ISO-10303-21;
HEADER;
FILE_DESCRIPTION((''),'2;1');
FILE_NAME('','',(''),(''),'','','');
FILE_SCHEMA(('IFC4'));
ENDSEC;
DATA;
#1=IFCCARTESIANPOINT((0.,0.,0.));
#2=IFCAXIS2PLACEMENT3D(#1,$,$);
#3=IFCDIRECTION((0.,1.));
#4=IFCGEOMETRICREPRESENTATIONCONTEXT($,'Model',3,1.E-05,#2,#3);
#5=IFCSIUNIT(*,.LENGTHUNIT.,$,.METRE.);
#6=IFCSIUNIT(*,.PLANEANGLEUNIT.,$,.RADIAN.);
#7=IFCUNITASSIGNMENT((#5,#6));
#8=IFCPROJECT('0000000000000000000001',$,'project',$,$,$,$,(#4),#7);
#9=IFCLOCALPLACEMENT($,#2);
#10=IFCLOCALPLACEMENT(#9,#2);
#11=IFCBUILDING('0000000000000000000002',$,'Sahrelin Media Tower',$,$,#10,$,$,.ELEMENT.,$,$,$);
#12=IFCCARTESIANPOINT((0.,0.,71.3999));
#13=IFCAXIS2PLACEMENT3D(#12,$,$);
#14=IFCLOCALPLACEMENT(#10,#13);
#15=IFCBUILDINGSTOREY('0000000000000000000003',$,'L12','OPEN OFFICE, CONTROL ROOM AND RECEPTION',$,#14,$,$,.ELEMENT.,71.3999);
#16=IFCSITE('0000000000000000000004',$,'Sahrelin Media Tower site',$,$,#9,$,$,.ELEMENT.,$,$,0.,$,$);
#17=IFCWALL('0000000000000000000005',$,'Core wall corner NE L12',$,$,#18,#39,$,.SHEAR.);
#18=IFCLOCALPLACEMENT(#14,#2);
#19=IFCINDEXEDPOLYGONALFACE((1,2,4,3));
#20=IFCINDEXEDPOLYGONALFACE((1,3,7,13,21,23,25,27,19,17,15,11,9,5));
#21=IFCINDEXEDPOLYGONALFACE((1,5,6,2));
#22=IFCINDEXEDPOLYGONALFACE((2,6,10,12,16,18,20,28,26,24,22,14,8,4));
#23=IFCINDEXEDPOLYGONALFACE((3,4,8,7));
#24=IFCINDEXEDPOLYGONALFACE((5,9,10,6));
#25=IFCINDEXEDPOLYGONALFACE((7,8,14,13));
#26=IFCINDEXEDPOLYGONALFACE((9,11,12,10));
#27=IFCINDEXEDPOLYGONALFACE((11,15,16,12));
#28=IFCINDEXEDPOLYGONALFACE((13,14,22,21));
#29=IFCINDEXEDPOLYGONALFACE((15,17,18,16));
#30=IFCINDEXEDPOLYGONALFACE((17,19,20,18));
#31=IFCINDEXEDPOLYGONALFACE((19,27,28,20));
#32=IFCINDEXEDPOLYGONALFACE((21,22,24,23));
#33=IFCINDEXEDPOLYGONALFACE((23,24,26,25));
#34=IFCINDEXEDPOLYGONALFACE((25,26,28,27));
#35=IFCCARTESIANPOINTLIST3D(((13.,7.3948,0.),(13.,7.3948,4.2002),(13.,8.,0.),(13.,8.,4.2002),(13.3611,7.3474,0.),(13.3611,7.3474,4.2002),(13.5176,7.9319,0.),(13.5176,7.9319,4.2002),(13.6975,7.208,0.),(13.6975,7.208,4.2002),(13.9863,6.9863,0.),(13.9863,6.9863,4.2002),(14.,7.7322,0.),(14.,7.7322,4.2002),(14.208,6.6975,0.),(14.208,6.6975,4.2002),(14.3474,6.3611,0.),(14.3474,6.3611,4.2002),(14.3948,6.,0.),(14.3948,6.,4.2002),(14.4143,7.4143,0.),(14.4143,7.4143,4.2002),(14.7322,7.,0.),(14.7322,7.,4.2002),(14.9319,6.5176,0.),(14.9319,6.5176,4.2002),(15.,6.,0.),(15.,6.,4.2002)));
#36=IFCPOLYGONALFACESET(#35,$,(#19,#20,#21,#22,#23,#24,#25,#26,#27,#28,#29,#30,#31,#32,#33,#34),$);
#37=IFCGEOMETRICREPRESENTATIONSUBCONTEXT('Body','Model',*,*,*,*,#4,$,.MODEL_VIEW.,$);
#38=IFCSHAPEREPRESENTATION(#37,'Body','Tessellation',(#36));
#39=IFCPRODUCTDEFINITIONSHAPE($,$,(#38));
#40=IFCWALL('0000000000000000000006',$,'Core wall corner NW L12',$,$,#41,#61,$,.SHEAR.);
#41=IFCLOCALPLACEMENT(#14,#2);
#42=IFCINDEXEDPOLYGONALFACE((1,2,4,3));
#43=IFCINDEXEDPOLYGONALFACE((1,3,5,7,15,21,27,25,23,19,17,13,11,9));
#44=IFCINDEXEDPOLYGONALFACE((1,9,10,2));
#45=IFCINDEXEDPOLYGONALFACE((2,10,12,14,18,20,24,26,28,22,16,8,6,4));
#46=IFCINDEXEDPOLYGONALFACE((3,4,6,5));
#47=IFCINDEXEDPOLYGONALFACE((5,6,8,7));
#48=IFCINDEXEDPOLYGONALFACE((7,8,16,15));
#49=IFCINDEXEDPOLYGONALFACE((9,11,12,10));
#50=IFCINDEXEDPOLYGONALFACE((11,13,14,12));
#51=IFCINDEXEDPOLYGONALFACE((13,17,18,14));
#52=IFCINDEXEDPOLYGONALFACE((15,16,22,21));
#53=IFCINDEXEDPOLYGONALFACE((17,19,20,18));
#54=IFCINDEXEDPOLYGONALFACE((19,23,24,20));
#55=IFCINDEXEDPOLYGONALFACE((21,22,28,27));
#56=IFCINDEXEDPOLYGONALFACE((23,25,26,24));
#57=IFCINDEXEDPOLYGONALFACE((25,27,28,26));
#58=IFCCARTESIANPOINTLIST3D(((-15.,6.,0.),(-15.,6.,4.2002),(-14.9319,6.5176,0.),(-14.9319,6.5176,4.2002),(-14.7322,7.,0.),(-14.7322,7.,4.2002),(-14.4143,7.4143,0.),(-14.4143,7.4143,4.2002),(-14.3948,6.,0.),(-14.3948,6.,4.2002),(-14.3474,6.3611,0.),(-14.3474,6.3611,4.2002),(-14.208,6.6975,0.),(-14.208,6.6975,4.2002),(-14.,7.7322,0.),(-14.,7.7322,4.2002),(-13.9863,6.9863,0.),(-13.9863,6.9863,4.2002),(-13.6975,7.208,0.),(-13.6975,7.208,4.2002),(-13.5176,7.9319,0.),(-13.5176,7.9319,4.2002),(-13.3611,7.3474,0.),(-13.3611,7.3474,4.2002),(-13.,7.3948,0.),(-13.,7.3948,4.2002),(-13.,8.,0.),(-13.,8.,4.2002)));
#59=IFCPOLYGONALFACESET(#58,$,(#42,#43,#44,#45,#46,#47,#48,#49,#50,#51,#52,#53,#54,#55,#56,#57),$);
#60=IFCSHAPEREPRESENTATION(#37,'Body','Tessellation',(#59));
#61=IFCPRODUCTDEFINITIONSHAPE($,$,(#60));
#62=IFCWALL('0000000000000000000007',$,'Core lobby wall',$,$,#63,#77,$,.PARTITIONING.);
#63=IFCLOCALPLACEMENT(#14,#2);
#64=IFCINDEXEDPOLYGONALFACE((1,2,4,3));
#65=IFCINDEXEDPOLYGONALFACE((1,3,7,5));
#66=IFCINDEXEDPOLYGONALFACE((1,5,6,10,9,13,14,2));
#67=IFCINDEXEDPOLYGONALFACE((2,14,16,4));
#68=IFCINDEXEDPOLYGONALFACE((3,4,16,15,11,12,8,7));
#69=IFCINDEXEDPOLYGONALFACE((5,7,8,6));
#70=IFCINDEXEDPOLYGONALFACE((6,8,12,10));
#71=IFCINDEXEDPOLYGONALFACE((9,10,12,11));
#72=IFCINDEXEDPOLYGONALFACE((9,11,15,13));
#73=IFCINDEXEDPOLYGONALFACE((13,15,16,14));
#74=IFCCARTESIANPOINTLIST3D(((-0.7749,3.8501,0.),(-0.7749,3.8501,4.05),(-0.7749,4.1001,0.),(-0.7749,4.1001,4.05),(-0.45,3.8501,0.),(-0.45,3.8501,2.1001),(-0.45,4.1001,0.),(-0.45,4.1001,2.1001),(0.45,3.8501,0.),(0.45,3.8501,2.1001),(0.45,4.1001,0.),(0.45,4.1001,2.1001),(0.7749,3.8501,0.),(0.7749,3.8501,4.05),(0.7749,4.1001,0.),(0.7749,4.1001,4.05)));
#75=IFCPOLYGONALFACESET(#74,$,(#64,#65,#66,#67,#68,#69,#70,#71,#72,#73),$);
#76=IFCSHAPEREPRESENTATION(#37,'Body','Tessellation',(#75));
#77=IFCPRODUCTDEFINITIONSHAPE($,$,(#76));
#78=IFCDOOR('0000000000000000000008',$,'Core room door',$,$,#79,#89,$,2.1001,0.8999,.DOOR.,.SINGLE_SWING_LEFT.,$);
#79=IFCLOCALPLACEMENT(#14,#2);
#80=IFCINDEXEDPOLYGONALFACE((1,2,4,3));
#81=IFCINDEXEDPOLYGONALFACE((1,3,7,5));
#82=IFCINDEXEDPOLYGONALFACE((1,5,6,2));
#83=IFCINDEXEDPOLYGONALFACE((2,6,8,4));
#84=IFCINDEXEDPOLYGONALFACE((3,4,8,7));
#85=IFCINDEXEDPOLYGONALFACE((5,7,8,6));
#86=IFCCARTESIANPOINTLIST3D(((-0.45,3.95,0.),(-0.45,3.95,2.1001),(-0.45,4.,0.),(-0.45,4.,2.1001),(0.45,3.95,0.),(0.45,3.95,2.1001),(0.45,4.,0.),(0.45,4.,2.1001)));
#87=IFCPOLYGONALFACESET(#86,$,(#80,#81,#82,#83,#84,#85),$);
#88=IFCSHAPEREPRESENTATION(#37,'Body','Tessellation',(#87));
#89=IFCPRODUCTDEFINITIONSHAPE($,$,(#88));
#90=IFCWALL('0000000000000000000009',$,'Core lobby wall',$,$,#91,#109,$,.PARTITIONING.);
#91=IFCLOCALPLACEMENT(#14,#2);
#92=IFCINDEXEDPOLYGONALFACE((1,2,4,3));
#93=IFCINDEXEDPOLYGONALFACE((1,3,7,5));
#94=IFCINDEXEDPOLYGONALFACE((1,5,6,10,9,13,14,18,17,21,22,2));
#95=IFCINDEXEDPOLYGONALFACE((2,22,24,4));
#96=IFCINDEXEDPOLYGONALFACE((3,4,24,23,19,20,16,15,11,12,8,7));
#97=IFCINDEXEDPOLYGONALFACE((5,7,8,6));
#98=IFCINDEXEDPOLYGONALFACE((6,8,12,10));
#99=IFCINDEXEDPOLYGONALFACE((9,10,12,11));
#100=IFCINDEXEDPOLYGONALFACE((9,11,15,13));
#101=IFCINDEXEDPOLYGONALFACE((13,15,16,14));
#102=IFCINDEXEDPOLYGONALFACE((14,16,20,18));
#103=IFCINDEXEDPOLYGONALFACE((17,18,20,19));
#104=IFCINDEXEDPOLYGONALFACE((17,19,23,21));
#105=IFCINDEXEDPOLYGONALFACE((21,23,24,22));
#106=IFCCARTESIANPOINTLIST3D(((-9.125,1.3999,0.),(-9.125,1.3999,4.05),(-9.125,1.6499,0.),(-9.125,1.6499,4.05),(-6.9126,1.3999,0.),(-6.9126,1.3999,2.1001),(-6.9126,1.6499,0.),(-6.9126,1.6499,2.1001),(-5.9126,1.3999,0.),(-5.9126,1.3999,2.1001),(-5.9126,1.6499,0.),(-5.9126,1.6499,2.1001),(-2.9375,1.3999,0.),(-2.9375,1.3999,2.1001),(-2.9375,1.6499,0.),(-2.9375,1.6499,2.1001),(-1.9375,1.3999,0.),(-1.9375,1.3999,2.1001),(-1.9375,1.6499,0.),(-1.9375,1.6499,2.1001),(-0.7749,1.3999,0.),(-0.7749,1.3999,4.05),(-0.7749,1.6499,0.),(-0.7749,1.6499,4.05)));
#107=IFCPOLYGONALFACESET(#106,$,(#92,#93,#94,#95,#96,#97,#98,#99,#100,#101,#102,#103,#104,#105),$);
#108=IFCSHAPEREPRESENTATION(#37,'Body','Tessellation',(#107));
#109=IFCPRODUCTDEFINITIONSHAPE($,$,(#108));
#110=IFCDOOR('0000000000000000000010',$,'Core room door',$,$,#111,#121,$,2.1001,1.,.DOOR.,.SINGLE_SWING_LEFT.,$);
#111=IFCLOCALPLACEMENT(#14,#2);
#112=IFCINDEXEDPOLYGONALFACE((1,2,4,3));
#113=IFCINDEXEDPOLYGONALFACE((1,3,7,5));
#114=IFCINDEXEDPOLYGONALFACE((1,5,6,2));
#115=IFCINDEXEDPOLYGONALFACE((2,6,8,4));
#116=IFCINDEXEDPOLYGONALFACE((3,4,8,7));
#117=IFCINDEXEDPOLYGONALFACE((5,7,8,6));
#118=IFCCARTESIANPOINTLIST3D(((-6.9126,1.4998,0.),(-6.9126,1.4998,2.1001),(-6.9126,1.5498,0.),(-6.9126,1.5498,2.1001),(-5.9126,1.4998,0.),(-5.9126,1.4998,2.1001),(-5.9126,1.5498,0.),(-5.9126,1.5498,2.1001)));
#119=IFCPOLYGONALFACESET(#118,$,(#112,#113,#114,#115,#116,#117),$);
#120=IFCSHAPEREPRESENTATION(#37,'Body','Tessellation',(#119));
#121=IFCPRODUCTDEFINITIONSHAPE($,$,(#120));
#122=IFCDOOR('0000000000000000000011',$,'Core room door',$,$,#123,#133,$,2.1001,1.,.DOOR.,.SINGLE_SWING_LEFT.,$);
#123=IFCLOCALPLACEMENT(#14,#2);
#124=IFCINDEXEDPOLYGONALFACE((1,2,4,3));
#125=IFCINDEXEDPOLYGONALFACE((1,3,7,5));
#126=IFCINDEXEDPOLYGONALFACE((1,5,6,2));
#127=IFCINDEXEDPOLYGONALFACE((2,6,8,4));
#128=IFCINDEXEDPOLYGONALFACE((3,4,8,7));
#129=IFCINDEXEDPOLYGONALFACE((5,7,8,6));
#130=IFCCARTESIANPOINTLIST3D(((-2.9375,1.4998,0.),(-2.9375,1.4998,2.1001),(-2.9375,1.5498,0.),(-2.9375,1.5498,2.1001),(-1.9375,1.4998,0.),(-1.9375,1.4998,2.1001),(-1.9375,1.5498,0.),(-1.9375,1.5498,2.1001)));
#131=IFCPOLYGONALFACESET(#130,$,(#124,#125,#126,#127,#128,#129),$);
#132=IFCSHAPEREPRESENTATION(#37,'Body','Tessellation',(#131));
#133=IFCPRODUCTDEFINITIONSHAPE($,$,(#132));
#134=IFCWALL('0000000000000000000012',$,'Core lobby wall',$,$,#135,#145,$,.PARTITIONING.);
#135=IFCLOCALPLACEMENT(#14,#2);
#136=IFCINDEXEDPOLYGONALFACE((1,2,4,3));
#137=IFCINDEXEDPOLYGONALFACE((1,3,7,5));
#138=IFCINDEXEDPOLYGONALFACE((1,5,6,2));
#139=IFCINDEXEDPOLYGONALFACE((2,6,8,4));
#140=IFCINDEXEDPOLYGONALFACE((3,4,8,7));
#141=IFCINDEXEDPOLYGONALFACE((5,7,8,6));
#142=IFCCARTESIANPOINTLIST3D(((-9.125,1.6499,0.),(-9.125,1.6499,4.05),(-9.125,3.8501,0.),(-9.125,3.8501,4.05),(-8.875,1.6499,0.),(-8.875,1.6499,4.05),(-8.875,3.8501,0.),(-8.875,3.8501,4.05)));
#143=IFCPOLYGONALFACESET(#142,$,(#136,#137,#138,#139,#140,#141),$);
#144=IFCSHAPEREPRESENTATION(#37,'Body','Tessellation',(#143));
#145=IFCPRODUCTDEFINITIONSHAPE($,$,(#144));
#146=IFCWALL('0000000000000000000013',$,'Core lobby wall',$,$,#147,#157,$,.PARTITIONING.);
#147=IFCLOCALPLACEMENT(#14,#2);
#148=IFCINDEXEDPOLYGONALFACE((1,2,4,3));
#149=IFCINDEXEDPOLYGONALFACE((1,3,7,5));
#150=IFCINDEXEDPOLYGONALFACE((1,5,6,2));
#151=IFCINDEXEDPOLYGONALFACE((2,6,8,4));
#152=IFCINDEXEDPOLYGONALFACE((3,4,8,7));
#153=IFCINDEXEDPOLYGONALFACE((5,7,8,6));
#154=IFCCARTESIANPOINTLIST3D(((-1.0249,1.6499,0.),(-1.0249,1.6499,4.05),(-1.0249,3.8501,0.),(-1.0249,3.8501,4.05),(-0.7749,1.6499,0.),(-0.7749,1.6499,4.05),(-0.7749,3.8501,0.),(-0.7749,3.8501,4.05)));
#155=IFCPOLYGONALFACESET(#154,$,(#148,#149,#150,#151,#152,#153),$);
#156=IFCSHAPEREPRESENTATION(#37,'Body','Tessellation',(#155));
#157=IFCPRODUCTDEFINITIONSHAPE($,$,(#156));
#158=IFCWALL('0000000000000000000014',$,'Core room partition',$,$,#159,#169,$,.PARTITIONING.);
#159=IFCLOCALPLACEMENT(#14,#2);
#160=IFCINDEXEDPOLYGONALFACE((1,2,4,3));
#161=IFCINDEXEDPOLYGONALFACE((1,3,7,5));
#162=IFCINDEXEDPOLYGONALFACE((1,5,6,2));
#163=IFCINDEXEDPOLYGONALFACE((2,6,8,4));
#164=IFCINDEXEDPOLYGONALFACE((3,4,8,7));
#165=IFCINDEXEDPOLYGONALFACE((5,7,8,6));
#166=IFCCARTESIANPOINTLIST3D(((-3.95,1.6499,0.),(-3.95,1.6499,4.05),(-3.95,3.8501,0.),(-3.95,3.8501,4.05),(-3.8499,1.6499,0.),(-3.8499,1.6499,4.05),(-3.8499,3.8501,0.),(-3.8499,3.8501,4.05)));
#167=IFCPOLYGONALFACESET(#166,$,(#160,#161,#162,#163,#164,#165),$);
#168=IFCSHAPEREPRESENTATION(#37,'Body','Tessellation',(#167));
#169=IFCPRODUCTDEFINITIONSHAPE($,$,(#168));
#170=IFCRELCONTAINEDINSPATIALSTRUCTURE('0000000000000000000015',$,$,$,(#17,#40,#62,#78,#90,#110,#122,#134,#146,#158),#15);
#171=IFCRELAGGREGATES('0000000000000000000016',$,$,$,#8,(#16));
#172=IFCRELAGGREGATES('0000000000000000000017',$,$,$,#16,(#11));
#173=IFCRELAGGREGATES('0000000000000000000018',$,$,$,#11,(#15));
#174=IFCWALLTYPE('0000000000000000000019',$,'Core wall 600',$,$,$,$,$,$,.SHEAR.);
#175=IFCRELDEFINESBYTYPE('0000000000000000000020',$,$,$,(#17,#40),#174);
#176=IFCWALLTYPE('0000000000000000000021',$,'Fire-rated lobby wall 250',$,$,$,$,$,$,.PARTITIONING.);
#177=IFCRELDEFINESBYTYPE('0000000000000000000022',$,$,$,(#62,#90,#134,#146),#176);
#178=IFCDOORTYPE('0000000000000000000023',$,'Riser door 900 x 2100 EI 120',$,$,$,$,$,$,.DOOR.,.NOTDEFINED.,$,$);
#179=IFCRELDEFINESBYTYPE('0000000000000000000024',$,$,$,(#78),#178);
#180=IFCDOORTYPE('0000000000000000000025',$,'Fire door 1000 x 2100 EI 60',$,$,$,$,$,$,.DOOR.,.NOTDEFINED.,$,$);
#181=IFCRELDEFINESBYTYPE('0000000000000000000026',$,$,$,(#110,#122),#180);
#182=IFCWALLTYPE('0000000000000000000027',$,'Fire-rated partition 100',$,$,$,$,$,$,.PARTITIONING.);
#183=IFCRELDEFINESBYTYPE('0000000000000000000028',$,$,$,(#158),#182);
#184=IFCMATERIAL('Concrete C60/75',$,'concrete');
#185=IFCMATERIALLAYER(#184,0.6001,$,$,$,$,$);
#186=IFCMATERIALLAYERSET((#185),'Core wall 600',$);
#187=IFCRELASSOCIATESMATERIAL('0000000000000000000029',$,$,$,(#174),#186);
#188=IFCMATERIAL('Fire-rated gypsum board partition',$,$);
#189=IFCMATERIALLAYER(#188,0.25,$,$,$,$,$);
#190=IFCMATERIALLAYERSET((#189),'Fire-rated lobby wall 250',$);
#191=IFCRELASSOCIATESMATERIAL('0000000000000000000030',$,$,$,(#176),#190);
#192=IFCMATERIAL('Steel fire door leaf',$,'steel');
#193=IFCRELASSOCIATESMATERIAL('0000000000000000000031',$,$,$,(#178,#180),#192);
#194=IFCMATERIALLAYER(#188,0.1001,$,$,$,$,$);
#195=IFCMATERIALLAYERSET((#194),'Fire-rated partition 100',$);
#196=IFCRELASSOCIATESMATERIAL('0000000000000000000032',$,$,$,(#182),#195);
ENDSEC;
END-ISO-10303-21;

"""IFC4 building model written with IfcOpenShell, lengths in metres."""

from ifc_helpers import new_model, si_unit, direction, frame, frame_2d, origin, place, context, subcontext, project, spatial, polyline, rectangle, outline, extrude, material, layer, layer_set, type_object, element, fill, save


model = new_model("IFC4")

# Units and contexts
model_context = context("Model", 3, precision=1e-05, world=origin(), true_north=direction((0.0, 1.0)))
body_context = subcontext(model_context, "Body", "Model", "MODEL_VIEW")
ifc_project = project(units=[si_unit("LENGTHUNIT", "METRE"), si_unit("PLANEANGLEUNIT", "RADIAN")], contexts=[model_context])

# Site, building, storey
site_placement = place(None, origin())
site = spatial("IfcSite", under=ifc_project, at=site_placement, Name="Sahrelin Media Tower site", CompositionType="ELEMENT", RefElevation=0.0)
building_placement = place(site_placement, origin())
building = spatial("IfcBuilding", under=site, at=building_placement, Name="Sahrelin Media Tower", CompositionType="ELEMENT")
storey_placement = place(building_placement, frame((0.0, 0.0, 71.3999)))
storey = spatial("IfcBuildingStorey", under=building, at=storey_placement, Name="L12", Description="OPEN OFFICE, CONTROL ROOM AND RECEPTION", CompositionType="ELEMENT", Elevation=71.3999)

# Walls
ifc_material_1 = material(Name="Concrete C60/75", Category="concrete")
ifc_layer_1 = layer(ifc_material_1, 0.6001)
ifc_layer_set_1 = layer_set([ifc_layer_1], Name="Core wall 600")
wall_type_1 = type_object("IfcWallType", Name="Core wall 600", PredefinedType="SHEAR", material=ifc_layer_set_1)
placement = place(storey_placement, origin())
element("IfcWall", 1, at=placement, inside=storey, type_object=wall_type_1, Name="Core wall corner NE L12", PredefinedType="SHEAR", context=body_context, shape_type="SweptSolid", body=[
    extrude(outline(polyline([(13.0, 8.0), (13.0, 7.3948), (13.3611, 7.3474), (13.6975, 7.208), (13.9863, 6.9863), (14.208, 6.6975), (14.3474, 6.3611), (14.3948, 6.0), (15.0, 6.0), (14.9319, 6.5176), (14.7322, 7.0), (14.4143, 7.4143), (14.0, 7.7322), (13.5176, 7.9319), (13.0, 8.0)])), origin(), (0.0, 0.0, 1.0), 4.2002),
])
element("IfcWall", 2, at=placement, inside=storey, type_object=wall_type_1, Name="Core wall corner NW L12", PredefinedType="SHEAR", context=body_context, shape_type="SweptSolid", body=[
    extrude(outline(polyline([(-15.0, 6.0), (-14.3948, 6.0), (-14.3474, 6.3611), (-14.208, 6.6975), (-13.9863, 6.9863), (-13.6975, 7.208), (-13.3611, 7.3474), (-13.0, 7.3948), (-13.0, 8.0), (-13.5176, 7.9319), (-14.0, 7.7322), (-14.4143, 7.4143), (-14.7322, 7.0), (-14.9319, 6.5176), (-15.0, 6.0)])), origin(), (0.0, 0.0, 1.0), 4.2002),
])

# Wall, opening, door
ifc_material_2 = material(Name="Fire-rated gypsum board partition")
ifc_layer_2 = layer(ifc_material_2, 0.25)
ifc_layer_set_2 = layer_set([ifc_layer_2], Name="Fire-rated lobby wall 250")
wall_type_2 = type_object("IfcWallType", Name="Fire-rated lobby wall 250", PredefinedType="PARTITIONING", material=ifc_layer_set_2)
wall_1_placement = place(storey_placement, frame((-0.7749, 3.9751, 0.0), z_axis=(0.0, 0.0, 1.0), x_axis=(1.0, 0.0, 0.0)))
wall_1 = element("IfcWall", 3, at=wall_1_placement, inside=storey, type_object=wall_type_2, Name="Core lobby wall", PredefinedType="PARTITIONING", context=body_context, shape_type="SweptSolid", body=[
    extrude(rectangle(XDim=1.5498, YDim=0.25, at=frame_2d((0.7749, 0.0))), origin(), (0.0, 0.0, 1.0), 4.05),
])
opening_1_placement = place(wall_1_placement, frame((0.325, 0.0, 0.0)))
opening_1 = element("IfcOpeningElement", 4, at=opening_1_placement, cuts=wall_1, PredefinedType="OPENING", context=body_context, shape_type="SweptSolid", body=[
    extrude(rectangle(XDim=0.8999, YDim=2.1001, at=frame_2d((0.45, 1.05))), frame((0.0, 0.125, 0.0), z_axis=(0.0, -1.0, 0.0), x_axis=(1.0, 0.0, 0.0)), (0.0, 0.0, 1.0), 0.25),
])
ifc_material_3 = material(Name="Steel fire door leaf", Category="steel")
door_type_1 = type_object("IfcDoorType", Name="Riser door 900 x 2100 EI 120", OperationType="NOTDEFINED", PredefinedType="DOOR", material=ifc_material_3)
door_1_placement = place(opening_1_placement, origin())
door_1 = element("IfcDoor", 5, at=door_1_placement, inside=storey, type_object=door_type_1, Name="Core room door", OperationType="SINGLE_SWING_LEFT", OverallHeight=2.1001, OverallWidth=0.8999, PredefinedType="DOOR", context=body_context, shape_type="SweptSolid", body=[
    extrude(rectangle(XDim=0.8999, YDim=2.1001, at=frame_2d((0.45, 1.05))), frame((0.0, 0.0249, 0.0), z_axis=(0.0, -1.0, 0.0), x_axis=(1.0, 0.0, 0.0)), (0.0, 0.0, 1.0), 0.05),
])
fill(opening_1, door_1)

# Wall, openings, doors
wall_2_placement = place(storey_placement, frame((-9.125, 1.5249, 0.0), z_axis=(0.0, 0.0, 1.0), x_axis=(1.0, 0.0, 0.0)))
wall_2 = element("IfcWall", 6, at=wall_2_placement, inside=storey, type_object=wall_type_2, Name="Core lobby wall", PredefinedType="PARTITIONING", context=body_context, shape_type="SweptSolid", body=[
    extrude(rectangle(XDim=8.3501, YDim=0.25, at=frame_2d((4.175, 0.0))), origin(), (0.0, 0.0, 1.0), 4.05),
])
opening_2_placement = place(wall_2_placement, frame((2.2124, 0.0, 0.0)))
opening_2 = element("IfcOpeningElement", 7, at=opening_2_placement, cuts=wall_2, PredefinedType="OPENING", context=body_context, shape_type="SweptSolid", body=[
    extrude(rectangle(XDim=1.0, YDim=2.1001, at=frame_2d((0.5, 1.05))), frame((0.0, 0.125, 0.0), z_axis=(0.0, -1.0, 0.0), x_axis=(1.0, 0.0, 0.0)), (0.0, 0.0, 1.0), 0.25),
])
opening_3_placement = place(wall_2_placement, frame((6.1875, 0.0, 0.0)))
opening_3 = element("IfcOpeningElement", 8, at=opening_3_placement, cuts=wall_2, PredefinedType="OPENING", context=body_context, shape_type="SweptSolid", body=[
    extrude(rectangle(XDim=1.0, YDim=2.1001, at=frame_2d((0.5, 1.05))), frame((0.0, 0.125, 0.0), z_axis=(0.0, -1.0, 0.0), x_axis=(1.0, 0.0, 0.0)), (0.0, 0.0, 1.0), 0.25),
])
door_type_2 = type_object("IfcDoorType", Name="Fire door 1000 x 2100 EI 60", OperationType="NOTDEFINED", PredefinedType="DOOR", material=ifc_material_3)
door_2_placement = place(opening_2_placement, origin())
door_2 = element("IfcDoor", 9, at=door_2_placement, inside=storey, type_object=door_type_2, Name="Core room door", OperationType="SINGLE_SWING_LEFT", OverallHeight=2.1001, OverallWidth=1.0, PredefinedType="DOOR", context=body_context, shape_type="SweptSolid", body=[
    extrude(rectangle(XDim=1.0, YDim=2.1001, at=frame_2d((0.5, 1.05))), frame((0.0, 0.0249, 0.0), z_axis=(0.0, -1.0, 0.0), x_axis=(1.0, 0.0, 0.0)), (0.0, 0.0, 1.0), 0.05),
])
fill(opening_2, door_2)
door_3_placement = place(opening_3_placement, origin())
door_3 = element("IfcDoor", 10, at=door_3_placement, inside=storey, type_object=door_type_2, Name="Core room door", OperationType="SINGLE_SWING_LEFT", OverallHeight=2.1001, OverallWidth=1.0, PredefinedType="DOOR", context=body_context, shape_type="SweptSolid", body=[
    extrude(rectangle(XDim=1.0, YDim=2.1001, at=frame_2d((0.5, 1.05))), frame((0.0, 0.0249, 0.0), z_axis=(0.0, -1.0, 0.0), x_axis=(1.0, 0.0, 0.0)), (0.0, 0.0, 1.0), 0.05),
])
fill(opening_3, door_3)

# Walls
for number, where, z_axis, x_axis, name in (
    (11, (-9.0, 1.6499, 0.0), (0.0, 0.0, 1.0), (0.0, 1.0, 0.0), "Core lobby wall"),
    (12, (-0.8999, 1.6499, 0.0), (0.0, 0.0, 1.0), (0.0, 1.0, 0.0), "Core lobby wall"),
):
    element("IfcWall", number, at=place(storey_placement, frame(where, z_axis=z_axis, x_axis=x_axis)), inside=storey, type_object=wall_type_2, Name=name, PredefinedType="PARTITIONING", context=body_context, shape_type="SweptSolid", body=[
        extrude(rectangle(XDim=2.2002, YDim=0.25, at=frame_2d((1.1001, 0.0))), origin(), (0.0, 0.0, 1.0), 4.05),
    ])
ifc_layer_3 = layer(ifc_material_2, 0.1001)
ifc_layer_set_3 = layer_set([ifc_layer_3], Name="Fire-rated partition 100")
wall_type_3 = type_object("IfcWallType", Name="Fire-rated partition 100", PredefinedType="PARTITIONING", material=ifc_layer_set_3)
wall_3_placement = place(storey_placement, frame((-3.8999, 1.6499, 0.0), z_axis=(0.0, 0.0, 1.0), x_axis=(0.0, 1.0, 0.0)))
element("IfcWall", 13, at=wall_3_placement, inside=storey, type_object=wall_type_3, Name="Core room partition", PredefinedType="PARTITIONING", context=body_context, shape_type="SweptSolid", body=[
    extrude(rectangle(XDim=2.2002, YDim=0.1001, at=frame_2d((1.1001, 0.0))), origin(), (0.0, 0.0, 1.0), 4.05),
])

save(model, "model.ifc")
